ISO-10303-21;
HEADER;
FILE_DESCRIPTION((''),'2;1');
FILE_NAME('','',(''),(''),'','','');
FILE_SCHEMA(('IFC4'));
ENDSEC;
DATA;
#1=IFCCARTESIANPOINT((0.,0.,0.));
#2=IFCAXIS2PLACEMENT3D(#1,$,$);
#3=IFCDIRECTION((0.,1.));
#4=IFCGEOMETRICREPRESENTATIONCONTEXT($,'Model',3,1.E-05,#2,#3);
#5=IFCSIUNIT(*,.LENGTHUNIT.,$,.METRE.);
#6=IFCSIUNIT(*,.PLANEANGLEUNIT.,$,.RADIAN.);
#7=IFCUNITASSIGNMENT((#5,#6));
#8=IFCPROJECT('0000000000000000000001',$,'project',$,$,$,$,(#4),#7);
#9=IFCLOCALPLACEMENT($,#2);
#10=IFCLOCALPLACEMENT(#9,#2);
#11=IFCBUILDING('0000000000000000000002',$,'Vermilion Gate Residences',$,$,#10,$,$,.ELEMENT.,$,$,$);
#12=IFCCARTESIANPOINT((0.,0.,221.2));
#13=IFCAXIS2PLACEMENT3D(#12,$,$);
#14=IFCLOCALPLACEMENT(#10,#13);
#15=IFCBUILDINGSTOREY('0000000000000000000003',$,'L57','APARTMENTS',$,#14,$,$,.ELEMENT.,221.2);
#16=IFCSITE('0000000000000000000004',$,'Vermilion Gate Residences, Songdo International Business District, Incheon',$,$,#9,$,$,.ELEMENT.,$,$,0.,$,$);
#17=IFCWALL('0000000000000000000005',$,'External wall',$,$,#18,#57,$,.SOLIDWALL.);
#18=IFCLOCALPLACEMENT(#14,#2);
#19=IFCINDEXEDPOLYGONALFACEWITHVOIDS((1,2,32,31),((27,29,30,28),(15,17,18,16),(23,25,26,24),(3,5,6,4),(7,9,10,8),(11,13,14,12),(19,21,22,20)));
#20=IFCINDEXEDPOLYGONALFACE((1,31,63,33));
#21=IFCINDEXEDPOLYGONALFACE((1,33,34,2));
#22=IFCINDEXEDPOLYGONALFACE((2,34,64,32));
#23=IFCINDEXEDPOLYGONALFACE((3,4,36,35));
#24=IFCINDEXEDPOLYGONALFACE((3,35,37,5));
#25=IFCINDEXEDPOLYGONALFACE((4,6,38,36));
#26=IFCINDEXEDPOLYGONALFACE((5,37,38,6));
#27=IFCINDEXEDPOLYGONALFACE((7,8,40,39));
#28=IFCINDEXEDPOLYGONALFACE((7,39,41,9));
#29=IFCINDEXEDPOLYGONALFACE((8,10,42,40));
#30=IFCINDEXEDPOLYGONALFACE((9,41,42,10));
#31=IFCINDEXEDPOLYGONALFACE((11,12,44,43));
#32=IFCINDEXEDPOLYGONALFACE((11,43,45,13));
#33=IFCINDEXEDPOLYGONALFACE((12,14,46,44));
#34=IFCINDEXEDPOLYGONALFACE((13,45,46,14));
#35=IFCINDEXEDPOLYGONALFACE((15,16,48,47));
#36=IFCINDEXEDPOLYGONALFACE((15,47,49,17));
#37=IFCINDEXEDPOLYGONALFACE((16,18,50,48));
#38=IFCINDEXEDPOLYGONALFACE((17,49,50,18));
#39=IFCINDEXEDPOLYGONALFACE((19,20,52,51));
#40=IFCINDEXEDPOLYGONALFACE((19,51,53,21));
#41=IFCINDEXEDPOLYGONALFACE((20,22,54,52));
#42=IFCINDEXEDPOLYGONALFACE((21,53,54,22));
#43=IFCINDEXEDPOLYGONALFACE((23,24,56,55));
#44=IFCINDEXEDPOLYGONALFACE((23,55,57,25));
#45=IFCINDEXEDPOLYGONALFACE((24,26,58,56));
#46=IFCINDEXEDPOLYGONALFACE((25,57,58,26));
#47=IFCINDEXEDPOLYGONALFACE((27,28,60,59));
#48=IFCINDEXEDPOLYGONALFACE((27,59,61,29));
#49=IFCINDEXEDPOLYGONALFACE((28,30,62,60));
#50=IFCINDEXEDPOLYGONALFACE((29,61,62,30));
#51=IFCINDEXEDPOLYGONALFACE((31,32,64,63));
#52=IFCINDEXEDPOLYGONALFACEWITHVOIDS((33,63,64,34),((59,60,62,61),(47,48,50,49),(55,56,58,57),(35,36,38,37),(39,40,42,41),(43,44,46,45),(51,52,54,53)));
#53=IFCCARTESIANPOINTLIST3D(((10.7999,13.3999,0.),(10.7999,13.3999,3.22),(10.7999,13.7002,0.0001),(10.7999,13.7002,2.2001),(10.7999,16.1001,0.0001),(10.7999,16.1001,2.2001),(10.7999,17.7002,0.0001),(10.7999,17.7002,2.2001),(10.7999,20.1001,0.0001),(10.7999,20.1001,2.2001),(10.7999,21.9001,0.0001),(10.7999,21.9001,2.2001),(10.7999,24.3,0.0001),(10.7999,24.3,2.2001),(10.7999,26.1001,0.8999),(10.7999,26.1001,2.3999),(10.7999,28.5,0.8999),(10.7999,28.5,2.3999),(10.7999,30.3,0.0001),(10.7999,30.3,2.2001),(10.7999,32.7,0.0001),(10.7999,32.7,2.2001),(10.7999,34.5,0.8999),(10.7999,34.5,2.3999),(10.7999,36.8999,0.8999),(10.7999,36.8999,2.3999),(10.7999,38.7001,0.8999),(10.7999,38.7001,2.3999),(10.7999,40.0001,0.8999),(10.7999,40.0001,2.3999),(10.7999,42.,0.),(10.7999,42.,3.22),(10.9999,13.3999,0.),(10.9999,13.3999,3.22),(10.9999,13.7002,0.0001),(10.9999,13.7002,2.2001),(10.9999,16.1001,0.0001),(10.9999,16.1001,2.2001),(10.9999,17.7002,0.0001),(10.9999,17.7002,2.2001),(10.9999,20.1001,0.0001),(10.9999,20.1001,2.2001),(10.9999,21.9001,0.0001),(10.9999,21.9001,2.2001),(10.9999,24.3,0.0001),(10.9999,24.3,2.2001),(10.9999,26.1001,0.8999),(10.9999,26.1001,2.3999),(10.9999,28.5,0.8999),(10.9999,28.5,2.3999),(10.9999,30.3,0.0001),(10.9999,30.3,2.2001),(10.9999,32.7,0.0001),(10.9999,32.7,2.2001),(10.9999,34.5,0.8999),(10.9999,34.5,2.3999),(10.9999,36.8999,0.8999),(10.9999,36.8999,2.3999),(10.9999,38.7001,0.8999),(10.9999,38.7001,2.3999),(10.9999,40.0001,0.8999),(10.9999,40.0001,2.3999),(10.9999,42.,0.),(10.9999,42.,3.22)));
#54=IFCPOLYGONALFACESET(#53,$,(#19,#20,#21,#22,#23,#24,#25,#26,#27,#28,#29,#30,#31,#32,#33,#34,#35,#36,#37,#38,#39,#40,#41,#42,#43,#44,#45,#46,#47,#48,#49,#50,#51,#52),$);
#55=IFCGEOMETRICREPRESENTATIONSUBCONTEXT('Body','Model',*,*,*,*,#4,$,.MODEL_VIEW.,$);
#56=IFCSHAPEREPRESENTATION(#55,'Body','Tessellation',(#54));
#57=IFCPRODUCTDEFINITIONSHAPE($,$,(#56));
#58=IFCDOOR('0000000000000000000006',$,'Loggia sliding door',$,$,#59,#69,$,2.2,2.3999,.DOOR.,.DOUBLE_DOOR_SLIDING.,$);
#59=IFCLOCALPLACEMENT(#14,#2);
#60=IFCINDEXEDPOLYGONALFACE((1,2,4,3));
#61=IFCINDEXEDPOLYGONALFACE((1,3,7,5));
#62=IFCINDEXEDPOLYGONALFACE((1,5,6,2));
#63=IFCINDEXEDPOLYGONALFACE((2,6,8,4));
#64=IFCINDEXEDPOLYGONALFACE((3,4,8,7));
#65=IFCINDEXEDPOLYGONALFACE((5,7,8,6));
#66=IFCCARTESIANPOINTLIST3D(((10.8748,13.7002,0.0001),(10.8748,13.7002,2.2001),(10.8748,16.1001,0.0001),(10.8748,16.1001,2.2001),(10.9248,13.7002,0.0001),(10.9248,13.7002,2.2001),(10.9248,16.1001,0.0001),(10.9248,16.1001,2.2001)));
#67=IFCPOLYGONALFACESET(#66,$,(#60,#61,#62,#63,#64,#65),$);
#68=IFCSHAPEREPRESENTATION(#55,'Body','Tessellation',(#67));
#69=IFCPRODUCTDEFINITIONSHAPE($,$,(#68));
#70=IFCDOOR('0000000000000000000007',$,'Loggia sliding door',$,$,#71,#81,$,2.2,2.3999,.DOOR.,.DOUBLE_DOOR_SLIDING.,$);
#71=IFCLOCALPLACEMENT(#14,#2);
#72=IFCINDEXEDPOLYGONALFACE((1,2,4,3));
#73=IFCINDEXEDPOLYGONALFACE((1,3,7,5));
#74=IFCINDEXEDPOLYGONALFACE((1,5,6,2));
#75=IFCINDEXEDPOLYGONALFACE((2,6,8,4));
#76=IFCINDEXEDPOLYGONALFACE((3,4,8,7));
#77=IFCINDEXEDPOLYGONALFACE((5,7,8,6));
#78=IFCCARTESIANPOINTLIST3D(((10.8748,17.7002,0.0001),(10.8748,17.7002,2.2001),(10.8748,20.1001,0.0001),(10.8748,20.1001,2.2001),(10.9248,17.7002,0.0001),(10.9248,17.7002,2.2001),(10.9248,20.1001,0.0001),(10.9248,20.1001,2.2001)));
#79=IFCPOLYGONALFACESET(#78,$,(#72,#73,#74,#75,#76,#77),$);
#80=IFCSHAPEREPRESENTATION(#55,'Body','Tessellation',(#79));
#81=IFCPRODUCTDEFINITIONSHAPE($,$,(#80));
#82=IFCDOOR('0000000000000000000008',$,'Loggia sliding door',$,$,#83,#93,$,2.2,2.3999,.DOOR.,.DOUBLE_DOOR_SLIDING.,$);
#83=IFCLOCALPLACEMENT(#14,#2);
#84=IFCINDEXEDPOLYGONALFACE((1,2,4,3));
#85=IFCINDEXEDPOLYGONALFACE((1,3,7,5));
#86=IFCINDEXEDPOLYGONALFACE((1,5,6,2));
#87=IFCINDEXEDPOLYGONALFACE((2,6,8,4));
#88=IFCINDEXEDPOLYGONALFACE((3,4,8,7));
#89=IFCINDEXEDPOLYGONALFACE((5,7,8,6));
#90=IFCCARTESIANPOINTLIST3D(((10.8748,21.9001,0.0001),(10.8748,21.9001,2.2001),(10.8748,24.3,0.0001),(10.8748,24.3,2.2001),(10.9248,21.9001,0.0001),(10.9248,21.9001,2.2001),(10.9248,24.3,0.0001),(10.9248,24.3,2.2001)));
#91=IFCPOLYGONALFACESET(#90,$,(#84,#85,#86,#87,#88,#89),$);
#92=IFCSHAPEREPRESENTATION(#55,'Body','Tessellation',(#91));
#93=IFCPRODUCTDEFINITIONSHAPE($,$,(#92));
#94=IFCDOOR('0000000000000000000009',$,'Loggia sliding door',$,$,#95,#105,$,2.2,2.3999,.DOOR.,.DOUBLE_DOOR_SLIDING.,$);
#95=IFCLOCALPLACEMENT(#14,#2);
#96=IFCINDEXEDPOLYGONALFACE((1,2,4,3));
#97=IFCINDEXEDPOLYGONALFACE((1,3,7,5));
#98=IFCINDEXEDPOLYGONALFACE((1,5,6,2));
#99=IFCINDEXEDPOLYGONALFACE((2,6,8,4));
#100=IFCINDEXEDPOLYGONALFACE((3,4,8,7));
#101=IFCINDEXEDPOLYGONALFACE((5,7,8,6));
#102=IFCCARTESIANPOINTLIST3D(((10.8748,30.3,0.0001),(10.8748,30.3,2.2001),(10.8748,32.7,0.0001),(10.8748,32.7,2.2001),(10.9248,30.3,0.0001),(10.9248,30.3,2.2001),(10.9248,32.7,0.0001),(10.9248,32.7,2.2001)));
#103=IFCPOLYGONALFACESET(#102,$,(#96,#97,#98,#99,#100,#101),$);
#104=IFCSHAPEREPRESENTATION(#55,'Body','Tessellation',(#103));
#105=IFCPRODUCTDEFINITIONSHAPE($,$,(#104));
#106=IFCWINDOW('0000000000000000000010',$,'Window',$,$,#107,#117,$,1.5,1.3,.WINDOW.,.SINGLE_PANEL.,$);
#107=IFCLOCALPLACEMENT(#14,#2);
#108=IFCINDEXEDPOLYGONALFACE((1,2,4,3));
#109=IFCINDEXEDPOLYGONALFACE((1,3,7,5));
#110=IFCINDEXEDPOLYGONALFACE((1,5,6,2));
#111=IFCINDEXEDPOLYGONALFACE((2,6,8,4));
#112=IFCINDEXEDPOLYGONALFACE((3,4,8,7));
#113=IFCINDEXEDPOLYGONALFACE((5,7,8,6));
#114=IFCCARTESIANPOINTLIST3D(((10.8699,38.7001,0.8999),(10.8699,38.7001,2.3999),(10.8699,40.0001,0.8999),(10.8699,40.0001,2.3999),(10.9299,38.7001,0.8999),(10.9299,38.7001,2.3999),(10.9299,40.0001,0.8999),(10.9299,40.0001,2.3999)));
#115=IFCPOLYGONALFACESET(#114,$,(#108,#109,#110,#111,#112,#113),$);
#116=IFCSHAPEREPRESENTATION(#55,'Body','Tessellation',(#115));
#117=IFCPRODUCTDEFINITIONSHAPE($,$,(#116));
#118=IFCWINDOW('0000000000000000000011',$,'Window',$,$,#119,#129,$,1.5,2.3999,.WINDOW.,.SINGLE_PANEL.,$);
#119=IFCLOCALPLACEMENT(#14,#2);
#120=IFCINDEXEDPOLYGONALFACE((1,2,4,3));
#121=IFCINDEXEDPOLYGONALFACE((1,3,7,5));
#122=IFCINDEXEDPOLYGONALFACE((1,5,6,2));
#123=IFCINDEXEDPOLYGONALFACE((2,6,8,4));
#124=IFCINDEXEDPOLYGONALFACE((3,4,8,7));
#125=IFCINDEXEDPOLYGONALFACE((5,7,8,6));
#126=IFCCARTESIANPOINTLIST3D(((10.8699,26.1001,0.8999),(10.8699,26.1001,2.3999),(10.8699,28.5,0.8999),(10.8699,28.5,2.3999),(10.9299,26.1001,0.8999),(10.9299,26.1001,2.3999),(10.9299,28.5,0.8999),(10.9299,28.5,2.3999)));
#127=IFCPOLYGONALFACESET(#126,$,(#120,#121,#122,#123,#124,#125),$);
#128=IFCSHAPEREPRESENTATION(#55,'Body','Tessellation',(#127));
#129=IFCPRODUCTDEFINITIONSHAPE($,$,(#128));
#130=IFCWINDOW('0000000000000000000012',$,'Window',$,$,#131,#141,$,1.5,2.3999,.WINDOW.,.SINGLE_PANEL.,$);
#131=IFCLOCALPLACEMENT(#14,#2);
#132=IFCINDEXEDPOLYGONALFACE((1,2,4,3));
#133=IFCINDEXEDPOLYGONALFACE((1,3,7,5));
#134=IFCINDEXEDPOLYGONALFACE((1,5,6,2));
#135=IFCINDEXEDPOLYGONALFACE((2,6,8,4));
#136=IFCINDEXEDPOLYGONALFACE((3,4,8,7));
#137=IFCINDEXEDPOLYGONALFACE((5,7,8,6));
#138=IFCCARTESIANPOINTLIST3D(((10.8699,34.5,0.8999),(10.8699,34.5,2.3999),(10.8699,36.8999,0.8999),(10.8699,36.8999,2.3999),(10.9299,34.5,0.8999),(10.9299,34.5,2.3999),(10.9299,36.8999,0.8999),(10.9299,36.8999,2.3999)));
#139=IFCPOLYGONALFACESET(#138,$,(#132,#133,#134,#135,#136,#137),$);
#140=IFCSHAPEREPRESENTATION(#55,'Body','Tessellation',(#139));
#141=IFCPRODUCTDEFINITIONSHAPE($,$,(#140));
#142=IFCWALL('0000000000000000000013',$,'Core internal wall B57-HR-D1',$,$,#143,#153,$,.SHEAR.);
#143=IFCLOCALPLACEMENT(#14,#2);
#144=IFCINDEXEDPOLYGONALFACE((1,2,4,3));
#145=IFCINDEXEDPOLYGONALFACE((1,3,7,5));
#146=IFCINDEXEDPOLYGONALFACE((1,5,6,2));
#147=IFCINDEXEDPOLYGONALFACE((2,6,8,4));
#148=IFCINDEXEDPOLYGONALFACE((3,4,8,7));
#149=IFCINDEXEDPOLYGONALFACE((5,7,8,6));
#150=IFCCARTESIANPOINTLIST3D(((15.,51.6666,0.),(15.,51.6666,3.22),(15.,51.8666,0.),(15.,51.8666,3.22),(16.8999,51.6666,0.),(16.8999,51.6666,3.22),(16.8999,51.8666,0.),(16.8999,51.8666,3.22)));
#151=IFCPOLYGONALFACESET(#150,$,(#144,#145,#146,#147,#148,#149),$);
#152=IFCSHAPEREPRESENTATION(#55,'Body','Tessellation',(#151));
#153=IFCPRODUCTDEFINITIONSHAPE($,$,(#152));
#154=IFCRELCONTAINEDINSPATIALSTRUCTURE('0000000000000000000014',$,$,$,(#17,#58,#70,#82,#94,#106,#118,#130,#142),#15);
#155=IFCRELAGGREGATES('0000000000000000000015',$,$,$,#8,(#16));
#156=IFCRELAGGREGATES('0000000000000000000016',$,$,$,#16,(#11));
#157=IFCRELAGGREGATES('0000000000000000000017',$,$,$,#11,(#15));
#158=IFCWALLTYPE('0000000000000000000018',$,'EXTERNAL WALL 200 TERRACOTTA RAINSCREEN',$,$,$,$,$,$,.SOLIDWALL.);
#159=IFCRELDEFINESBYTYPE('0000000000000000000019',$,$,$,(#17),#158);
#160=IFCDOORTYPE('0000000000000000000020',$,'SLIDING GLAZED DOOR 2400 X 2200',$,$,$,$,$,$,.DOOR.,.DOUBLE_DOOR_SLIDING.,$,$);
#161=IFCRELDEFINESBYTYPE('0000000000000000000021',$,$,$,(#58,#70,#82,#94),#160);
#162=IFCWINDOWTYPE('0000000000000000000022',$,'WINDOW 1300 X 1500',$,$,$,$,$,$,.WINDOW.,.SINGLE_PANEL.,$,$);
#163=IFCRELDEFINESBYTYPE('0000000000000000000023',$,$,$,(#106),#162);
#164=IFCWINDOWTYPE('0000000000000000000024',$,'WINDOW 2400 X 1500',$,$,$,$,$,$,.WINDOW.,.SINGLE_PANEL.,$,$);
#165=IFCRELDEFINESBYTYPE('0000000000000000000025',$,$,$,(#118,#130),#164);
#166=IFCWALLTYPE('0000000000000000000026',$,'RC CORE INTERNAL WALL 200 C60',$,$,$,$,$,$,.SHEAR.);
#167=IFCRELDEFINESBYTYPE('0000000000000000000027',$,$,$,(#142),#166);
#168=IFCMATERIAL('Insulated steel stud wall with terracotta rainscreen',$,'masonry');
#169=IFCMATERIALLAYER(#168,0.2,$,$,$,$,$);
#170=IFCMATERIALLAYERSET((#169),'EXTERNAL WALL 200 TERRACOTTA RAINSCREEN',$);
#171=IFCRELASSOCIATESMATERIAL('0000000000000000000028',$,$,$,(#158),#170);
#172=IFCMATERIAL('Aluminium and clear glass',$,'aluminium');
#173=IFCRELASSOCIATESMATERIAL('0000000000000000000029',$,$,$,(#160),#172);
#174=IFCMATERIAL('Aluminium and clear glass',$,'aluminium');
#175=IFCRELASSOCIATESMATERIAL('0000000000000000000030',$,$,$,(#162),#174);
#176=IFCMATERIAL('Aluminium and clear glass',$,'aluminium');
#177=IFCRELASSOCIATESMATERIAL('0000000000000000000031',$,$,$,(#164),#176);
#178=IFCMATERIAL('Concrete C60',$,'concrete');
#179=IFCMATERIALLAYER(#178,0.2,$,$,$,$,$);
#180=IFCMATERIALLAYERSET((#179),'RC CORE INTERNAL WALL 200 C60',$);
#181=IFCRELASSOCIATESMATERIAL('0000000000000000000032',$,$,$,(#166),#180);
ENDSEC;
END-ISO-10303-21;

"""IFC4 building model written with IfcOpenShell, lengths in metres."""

from ifc_helpers import new_model, si_unit, direction, frame, frame_2d, origin, place, context, subcontext, project, spatial, rectangle, extrude, material, layer, layer_set, type_object, element, fill, save


model = new_model("IFC4")

# Units and contexts
model_context = context("Model", 3, precision=1e-05, world=origin(), true_north=direction((0.0, 1.0)))
body_context = subcontext(model_context, "Body", "Model", "MODEL_VIEW")
ifc_project = project(units=[si_unit("LENGTHUNIT", "METRE"), si_unit("PLANEANGLEUNIT", "RADIAN")], contexts=[model_context])

# Site, building, storey
site_placement = place(None, origin())
site = spatial("IfcSite", under=ifc_project, at=site_placement, Name="Vermilion Gate Residences, Songdo International Business District, Incheon", CompositionType="ELEMENT", RefElevation=0.0)
building_placement = place(site_placement, origin())
building = spatial("IfcBuilding", under=site, at=building_placement, Name="Vermilion Gate Residences", CompositionType="ELEMENT")
storey_placement = place(building_placement, frame((0.0, 0.0, 221.2)))
storey = spatial("IfcBuildingStorey", under=building, at=storey_placement, Name="L57", Description="APARTMENTS", CompositionType="ELEMENT", Elevation=221.2)

# Wall, openings, doors, windows
ifc_material_1 = material(Name="Insulated steel stud wall with terracotta rainscreen", Category="masonry")
ifc_layer_1 = layer(ifc_material_1, 0.2)
ifc_layer_set_1 = layer_set([ifc_layer_1], Name="EXTERNAL WALL 200 TERRACOTTA RAINSCREEN")
wall_type_1 = type_object("IfcWallType", Name="EXTERNAL WALL 200 TERRACOTTA RAINSCREEN", PredefinedType="SOLIDWALL", material=ifc_layer_set_1)
wall_1_placement = place(storey_placement, frame((10.8999, 42.0, 0.0), z_axis=(0.0, 0.0, 1.0), x_axis=(0.0, -1.0, 0.0)))
wall_1 = element("IfcWall", 1, at=wall_1_placement, inside=storey, type_object=wall_type_1, Name="External wall", PredefinedType="SOLIDWALL", context=body_context, shape_type="SweptSolid", body=[
    extrude(rectangle(XDim=28.6001, YDim=0.2, at=frame_2d((14.3, 0.0))), origin(), (0.0, 0.0, 1.0), 3.22),
])
opening_1_placement = place(wall_1_placement, frame((25.8999, 0.0, 0.0)))
opening_1 = element("IfcOpeningElement", 2, at=opening_1_placement, cuts=wall_1, PredefinedType="OPENING", context=body_context, shape_type="SweptSolid", body=[
    extrude(rectangle(XDim=2.3999, YDim=2.2, at=frame_2d((1.2, 1.1001))), frame((0.0, 0.1099, 0.0), z_axis=(0.0, -1.0, 0.0), x_axis=(1.0, 0.0, 0.0)), (0.0, 0.0, 1.0), 0.22),
])
opening_2_placement = place(wall_1_placement, frame((21.8999, 0.0, 0.0)))
opening_2 = element("IfcOpeningElement", 3, at=opening_2_placement, cuts=wall_1, PredefinedType="OPENING", context=body_context, shape_type="SweptSolid", body=[
    extrude(rectangle(XDim=2.3999, YDim=2.2, at=frame_2d((1.2, 1.1001))), frame((0.0, 0.1099, 0.0), z_axis=(0.0, -1.0, 0.0), x_axis=(1.0, 0.0, 0.0)), (0.0, 0.0, 1.0), 0.22),
])
opening_3_placement = place(wall_1_placement, frame((17.7, 0.0, 0.0)))
opening_3 = element("IfcOpeningElement", 4, at=opening_3_placement, cuts=wall_1, PredefinedType="OPENING", context=body_context, shape_type="SweptSolid", body=[
    extrude(rectangle(XDim=2.3999, YDim=2.2, at=frame_2d((1.2, 1.1001))), frame((0.0, 0.1099, 0.0), z_axis=(0.0, -1.0, 0.0), x_axis=(1.0, 0.0, 0.0)), (0.0, 0.0, 1.0), 0.22),
])
opening_4_placement = place(wall_1_placement, frame((13.5, 0.0, 0.8999)))
opening_4 = element("IfcOpeningElement", 5, at=opening_4_placement, cuts=wall_1, PredefinedType="OPENING", context=body_context, shape_type="SweptSolid", body=[
    extrude(rectangle(XDim=2.3999, YDim=1.5, at=frame_2d((1.2, 0.75))), frame((0.0, 0.1099, 0.0), z_axis=(0.0, -1.0, 0.0), x_axis=(1.0, 0.0, 0.0)), (0.0, 0.0, 1.0), 0.22),
])
opening_5_placement = place(wall_1_placement, frame((9.3, 0.0, 0.0)))
opening_5 = element("IfcOpeningElement", 6, at=opening_5_placement, cuts=wall_1, PredefinedType="OPENING", context=body_context, shape_type="SweptSolid", body=[
    extrude(rectangle(XDim=2.3999, YDim=2.2, at=frame_2d((1.2, 1.1001))), frame((0.0, 0.1099, 0.0), z_axis=(0.0, -1.0, 0.0), x_axis=(1.0, 0.0, 0.0)), (0.0, 0.0, 1.0), 0.22),
])
opening_6_placement = place(wall_1_placement, frame((5.1001, 0.0, 0.8999)))
opening_6 = element("IfcOpeningElement", 7, at=opening_6_placement, cuts=wall_1, PredefinedType="OPENING", context=body_context, shape_type="SweptSolid", body=[
    extrude(rectangle(XDim=2.3999, YDim=1.5, at=frame_2d((1.2, 0.75))), frame((0.0, 0.1099, 0.0), z_axis=(0.0, -1.0, 0.0), x_axis=(1.0, 0.0, 0.0)), (0.0, 0.0, 1.0), 0.22),
])
opening_7_placement = place(wall_1_placement, frame((2.0, 0.0, 0.8999)))
opening_7 = element("IfcOpeningElement", 8, at=opening_7_placement, cuts=wall_1, PredefinedType="OPENING", context=body_context, shape_type="SweptSolid", body=[
    extrude(rectangle(XDim=1.3, YDim=1.5, at=frame_2d((0.6499, 0.75))), frame((0.0, 0.1099, 0.0), z_axis=(0.0, -1.0, 0.0), x_axis=(1.0, 0.0, 0.0)), (0.0, 0.0, 1.0), 0.22),
])
ifc_material_2 = material(Name="Aluminium and clear glass", Category="aluminium")
door_type_1 = type_object("IfcDoorType", Name="SLIDING GLAZED DOOR 2400 X 2200", OperationType="DOUBLE_DOOR_SLIDING", PredefinedType="DOOR", material=ifc_material_2)
door_1_placement = place(opening_1_placement, origin())
door_1 = element("IfcDoor", 9, at=door_1_placement, inside=storey, type_object=door_type_1, Name="Loggia sliding door", OperationType="DOUBLE_DOOR_SLIDING", OverallHeight=2.2, OverallWidth=2.3999, PredefinedType="DOOR", context=body_context, shape_type="SweptSolid", body=[
    extrude(rectangle(XDim=2.3999, YDim=2.2, at=frame_2d((1.2, 1.1001))), frame((0.0, 0.0249, 0.0), z_axis=(0.0, -1.0, 0.0), x_axis=(1.0, 0.0, 0.0)), (0.0, 0.0, 1.0), 0.05),
])
fill(opening_1, door_1)
door_2_placement = place(opening_2_placement, origin())
door_2 = element("IfcDoor", 10, at=door_2_placement, inside=storey, type_object=door_type_1, Name="Loggia sliding door", OperationType="DOUBLE_DOOR_SLIDING", OverallHeight=2.2, OverallWidth=2.3999, PredefinedType="DOOR", context=body_context, shape_type="SweptSolid", body=[
    extrude(rectangle(XDim=2.3999, YDim=2.2, at=frame_2d((1.2, 1.1001))), frame((0.0, 0.0249, 0.0), z_axis=(0.0, -1.0, 0.0), x_axis=(1.0, 0.0, 0.0)), (0.0, 0.0, 1.0), 0.05),
])
fill(opening_2, door_2)
door_3_placement = place(opening_3_placement, origin())
door_3 = element("IfcDoor", 11, at=door_3_placement, inside=storey, type_object=door_type_1, Name="Loggia sliding door", OperationType="DOUBLE_DOOR_SLIDING", OverallHeight=2.2, OverallWidth=2.3999, PredefinedType="DOOR", context=body_context, shape_type="SweptSolid", body=[
    extrude(rectangle(XDim=2.3999, YDim=2.2, at=frame_2d((1.2, 1.1001))), frame((0.0, 0.0249, 0.0), z_axis=(0.0, -1.0, 0.0), x_axis=(1.0, 0.0, 0.0)), (0.0, 0.0, 1.0), 0.05),
])
fill(opening_3, door_3)
door_4_placement = place(opening_5_placement, origin())
door_4 = element("IfcDoor", 12, at=door_4_placement, inside=storey, type_object=door_type_1, Name="Loggia sliding door", OperationType="DOUBLE_DOOR_SLIDING", OverallHeight=2.2, OverallWidth=2.3999, PredefinedType="DOOR", context=body_context, shape_type="SweptSolid", body=[
    extrude(rectangle(XDim=2.3999, YDim=2.2, at=frame_2d((1.2, 1.1001))), frame((0.0, 0.0249, 0.0), z_axis=(0.0, -1.0, 0.0), x_axis=(1.0, 0.0, 0.0)), (0.0, 0.0, 1.0), 0.05),
])
fill(opening_5, door_4)
ifc_material_3 = material(Name="Aluminium and clear glass", Category="aluminium")
window_type_1 = type_object("IfcWindowType", Name="WINDOW 1300 X 1500", PartitioningType="SINGLE_PANEL", PredefinedType="WINDOW", material=ifc_material_3)
window_1_placement = place(opening_7_placement, origin())
window_1 = element("IfcWindow", 13, at=window_1_placement, inside=storey, type_object=window_type_1, Name="Window", OverallHeight=1.5, OverallWidth=1.3, PartitioningType="SINGLE_PANEL", PredefinedType="WINDOW", context=body_context, shape_type="SweptSolid", body=[
    extrude(rectangle(XDim=1.3, YDim=1.5, at=frame_2d((0.6499, 0.75))), frame((0.0, 0.03, 0.0), z_axis=(0.0, -1.0, 0.0), x_axis=(1.0, 0.0, 0.0)), (0.0, 0.0, 1.0), 0.0601),
])
fill(opening_7, window_1)
ifc_material_4 = material(Name="Aluminium and clear glass", Category="aluminium")
window_type_2 = type_object("IfcWindowType", Name="WINDOW 2400 X 1500", PartitioningType="SINGLE_PANEL", PredefinedType="WINDOW", material=ifc_material_4)
window_2_placement = place(opening_4_placement, origin())
window_2 = element("IfcWindow", 14, at=window_2_placement, inside=storey, type_object=window_type_2, Name="Window", OverallHeight=1.5, OverallWidth=2.3999, PartitioningType="SINGLE_PANEL", PredefinedType="WINDOW", context=body_context, shape_type="SweptSolid", body=[
    extrude(rectangle(XDim=2.3999, YDim=1.5, at=frame_2d((1.2, 0.75))), frame((0.0, 0.03, 0.0), z_axis=(0.0, -1.0, 0.0), x_axis=(1.0, 0.0, 0.0)), (0.0, 0.0, 1.0), 0.0601),
])
fill(opening_4, window_2)
window_3_placement = place(opening_6_placement, origin())
window_3 = element("IfcWindow", 15, at=window_3_placement, inside=storey, type_object=window_type_2, Name="Window", OverallHeight=1.5, OverallWidth=2.3999, PartitioningType="SINGLE_PANEL", PredefinedType="WINDOW", context=body_context, shape_type="SweptSolid", body=[
    extrude(rectangle(XDim=2.3999, YDim=1.5, at=frame_2d((1.2, 0.75))), frame((0.0, 0.03, 0.0), z_axis=(0.0, -1.0, 0.0), x_axis=(1.0, 0.0, 0.0)), (0.0, 0.0, 1.0), 0.0601),
])
fill(opening_6, window_3)

# Wall
ifc_material_5 = material(Name="Concrete C60", Category="concrete")
ifc_layer_2 = layer(ifc_material_5, 0.2)
ifc_layer_set_2 = layer_set([ifc_layer_2], Name="RC CORE INTERNAL WALL 200 C60")
wall_type_2 = type_object("IfcWallType", Name="RC CORE INTERNAL WALL 200 C60", PredefinedType="SHEAR", material=ifc_layer_set_2)
for number, where, z_axis, x_axis, name in (
    (16, (15.0, 51.7666, 0.0), (0.0, 0.0, 1.0), (1.0, 0.0, 0.0), "Core internal wall B57-HR-D1"),
):
    element("IfcWall", number, at=place(storey_placement, frame(where, z_axis=z_axis, x_axis=x_axis)), inside=storey, type_object=wall_type_2, Name=name, PredefinedType="SHEAR", context=body_context, shape_type="SweptSolid", body=[
        extrude(rectangle(XDim=1.8999, YDim=0.2, at=frame_2d((0.95, 0.0))), origin(), (0.0, 0.0, 1.0), 3.22),
    ])

save(model, "model.ifc")
